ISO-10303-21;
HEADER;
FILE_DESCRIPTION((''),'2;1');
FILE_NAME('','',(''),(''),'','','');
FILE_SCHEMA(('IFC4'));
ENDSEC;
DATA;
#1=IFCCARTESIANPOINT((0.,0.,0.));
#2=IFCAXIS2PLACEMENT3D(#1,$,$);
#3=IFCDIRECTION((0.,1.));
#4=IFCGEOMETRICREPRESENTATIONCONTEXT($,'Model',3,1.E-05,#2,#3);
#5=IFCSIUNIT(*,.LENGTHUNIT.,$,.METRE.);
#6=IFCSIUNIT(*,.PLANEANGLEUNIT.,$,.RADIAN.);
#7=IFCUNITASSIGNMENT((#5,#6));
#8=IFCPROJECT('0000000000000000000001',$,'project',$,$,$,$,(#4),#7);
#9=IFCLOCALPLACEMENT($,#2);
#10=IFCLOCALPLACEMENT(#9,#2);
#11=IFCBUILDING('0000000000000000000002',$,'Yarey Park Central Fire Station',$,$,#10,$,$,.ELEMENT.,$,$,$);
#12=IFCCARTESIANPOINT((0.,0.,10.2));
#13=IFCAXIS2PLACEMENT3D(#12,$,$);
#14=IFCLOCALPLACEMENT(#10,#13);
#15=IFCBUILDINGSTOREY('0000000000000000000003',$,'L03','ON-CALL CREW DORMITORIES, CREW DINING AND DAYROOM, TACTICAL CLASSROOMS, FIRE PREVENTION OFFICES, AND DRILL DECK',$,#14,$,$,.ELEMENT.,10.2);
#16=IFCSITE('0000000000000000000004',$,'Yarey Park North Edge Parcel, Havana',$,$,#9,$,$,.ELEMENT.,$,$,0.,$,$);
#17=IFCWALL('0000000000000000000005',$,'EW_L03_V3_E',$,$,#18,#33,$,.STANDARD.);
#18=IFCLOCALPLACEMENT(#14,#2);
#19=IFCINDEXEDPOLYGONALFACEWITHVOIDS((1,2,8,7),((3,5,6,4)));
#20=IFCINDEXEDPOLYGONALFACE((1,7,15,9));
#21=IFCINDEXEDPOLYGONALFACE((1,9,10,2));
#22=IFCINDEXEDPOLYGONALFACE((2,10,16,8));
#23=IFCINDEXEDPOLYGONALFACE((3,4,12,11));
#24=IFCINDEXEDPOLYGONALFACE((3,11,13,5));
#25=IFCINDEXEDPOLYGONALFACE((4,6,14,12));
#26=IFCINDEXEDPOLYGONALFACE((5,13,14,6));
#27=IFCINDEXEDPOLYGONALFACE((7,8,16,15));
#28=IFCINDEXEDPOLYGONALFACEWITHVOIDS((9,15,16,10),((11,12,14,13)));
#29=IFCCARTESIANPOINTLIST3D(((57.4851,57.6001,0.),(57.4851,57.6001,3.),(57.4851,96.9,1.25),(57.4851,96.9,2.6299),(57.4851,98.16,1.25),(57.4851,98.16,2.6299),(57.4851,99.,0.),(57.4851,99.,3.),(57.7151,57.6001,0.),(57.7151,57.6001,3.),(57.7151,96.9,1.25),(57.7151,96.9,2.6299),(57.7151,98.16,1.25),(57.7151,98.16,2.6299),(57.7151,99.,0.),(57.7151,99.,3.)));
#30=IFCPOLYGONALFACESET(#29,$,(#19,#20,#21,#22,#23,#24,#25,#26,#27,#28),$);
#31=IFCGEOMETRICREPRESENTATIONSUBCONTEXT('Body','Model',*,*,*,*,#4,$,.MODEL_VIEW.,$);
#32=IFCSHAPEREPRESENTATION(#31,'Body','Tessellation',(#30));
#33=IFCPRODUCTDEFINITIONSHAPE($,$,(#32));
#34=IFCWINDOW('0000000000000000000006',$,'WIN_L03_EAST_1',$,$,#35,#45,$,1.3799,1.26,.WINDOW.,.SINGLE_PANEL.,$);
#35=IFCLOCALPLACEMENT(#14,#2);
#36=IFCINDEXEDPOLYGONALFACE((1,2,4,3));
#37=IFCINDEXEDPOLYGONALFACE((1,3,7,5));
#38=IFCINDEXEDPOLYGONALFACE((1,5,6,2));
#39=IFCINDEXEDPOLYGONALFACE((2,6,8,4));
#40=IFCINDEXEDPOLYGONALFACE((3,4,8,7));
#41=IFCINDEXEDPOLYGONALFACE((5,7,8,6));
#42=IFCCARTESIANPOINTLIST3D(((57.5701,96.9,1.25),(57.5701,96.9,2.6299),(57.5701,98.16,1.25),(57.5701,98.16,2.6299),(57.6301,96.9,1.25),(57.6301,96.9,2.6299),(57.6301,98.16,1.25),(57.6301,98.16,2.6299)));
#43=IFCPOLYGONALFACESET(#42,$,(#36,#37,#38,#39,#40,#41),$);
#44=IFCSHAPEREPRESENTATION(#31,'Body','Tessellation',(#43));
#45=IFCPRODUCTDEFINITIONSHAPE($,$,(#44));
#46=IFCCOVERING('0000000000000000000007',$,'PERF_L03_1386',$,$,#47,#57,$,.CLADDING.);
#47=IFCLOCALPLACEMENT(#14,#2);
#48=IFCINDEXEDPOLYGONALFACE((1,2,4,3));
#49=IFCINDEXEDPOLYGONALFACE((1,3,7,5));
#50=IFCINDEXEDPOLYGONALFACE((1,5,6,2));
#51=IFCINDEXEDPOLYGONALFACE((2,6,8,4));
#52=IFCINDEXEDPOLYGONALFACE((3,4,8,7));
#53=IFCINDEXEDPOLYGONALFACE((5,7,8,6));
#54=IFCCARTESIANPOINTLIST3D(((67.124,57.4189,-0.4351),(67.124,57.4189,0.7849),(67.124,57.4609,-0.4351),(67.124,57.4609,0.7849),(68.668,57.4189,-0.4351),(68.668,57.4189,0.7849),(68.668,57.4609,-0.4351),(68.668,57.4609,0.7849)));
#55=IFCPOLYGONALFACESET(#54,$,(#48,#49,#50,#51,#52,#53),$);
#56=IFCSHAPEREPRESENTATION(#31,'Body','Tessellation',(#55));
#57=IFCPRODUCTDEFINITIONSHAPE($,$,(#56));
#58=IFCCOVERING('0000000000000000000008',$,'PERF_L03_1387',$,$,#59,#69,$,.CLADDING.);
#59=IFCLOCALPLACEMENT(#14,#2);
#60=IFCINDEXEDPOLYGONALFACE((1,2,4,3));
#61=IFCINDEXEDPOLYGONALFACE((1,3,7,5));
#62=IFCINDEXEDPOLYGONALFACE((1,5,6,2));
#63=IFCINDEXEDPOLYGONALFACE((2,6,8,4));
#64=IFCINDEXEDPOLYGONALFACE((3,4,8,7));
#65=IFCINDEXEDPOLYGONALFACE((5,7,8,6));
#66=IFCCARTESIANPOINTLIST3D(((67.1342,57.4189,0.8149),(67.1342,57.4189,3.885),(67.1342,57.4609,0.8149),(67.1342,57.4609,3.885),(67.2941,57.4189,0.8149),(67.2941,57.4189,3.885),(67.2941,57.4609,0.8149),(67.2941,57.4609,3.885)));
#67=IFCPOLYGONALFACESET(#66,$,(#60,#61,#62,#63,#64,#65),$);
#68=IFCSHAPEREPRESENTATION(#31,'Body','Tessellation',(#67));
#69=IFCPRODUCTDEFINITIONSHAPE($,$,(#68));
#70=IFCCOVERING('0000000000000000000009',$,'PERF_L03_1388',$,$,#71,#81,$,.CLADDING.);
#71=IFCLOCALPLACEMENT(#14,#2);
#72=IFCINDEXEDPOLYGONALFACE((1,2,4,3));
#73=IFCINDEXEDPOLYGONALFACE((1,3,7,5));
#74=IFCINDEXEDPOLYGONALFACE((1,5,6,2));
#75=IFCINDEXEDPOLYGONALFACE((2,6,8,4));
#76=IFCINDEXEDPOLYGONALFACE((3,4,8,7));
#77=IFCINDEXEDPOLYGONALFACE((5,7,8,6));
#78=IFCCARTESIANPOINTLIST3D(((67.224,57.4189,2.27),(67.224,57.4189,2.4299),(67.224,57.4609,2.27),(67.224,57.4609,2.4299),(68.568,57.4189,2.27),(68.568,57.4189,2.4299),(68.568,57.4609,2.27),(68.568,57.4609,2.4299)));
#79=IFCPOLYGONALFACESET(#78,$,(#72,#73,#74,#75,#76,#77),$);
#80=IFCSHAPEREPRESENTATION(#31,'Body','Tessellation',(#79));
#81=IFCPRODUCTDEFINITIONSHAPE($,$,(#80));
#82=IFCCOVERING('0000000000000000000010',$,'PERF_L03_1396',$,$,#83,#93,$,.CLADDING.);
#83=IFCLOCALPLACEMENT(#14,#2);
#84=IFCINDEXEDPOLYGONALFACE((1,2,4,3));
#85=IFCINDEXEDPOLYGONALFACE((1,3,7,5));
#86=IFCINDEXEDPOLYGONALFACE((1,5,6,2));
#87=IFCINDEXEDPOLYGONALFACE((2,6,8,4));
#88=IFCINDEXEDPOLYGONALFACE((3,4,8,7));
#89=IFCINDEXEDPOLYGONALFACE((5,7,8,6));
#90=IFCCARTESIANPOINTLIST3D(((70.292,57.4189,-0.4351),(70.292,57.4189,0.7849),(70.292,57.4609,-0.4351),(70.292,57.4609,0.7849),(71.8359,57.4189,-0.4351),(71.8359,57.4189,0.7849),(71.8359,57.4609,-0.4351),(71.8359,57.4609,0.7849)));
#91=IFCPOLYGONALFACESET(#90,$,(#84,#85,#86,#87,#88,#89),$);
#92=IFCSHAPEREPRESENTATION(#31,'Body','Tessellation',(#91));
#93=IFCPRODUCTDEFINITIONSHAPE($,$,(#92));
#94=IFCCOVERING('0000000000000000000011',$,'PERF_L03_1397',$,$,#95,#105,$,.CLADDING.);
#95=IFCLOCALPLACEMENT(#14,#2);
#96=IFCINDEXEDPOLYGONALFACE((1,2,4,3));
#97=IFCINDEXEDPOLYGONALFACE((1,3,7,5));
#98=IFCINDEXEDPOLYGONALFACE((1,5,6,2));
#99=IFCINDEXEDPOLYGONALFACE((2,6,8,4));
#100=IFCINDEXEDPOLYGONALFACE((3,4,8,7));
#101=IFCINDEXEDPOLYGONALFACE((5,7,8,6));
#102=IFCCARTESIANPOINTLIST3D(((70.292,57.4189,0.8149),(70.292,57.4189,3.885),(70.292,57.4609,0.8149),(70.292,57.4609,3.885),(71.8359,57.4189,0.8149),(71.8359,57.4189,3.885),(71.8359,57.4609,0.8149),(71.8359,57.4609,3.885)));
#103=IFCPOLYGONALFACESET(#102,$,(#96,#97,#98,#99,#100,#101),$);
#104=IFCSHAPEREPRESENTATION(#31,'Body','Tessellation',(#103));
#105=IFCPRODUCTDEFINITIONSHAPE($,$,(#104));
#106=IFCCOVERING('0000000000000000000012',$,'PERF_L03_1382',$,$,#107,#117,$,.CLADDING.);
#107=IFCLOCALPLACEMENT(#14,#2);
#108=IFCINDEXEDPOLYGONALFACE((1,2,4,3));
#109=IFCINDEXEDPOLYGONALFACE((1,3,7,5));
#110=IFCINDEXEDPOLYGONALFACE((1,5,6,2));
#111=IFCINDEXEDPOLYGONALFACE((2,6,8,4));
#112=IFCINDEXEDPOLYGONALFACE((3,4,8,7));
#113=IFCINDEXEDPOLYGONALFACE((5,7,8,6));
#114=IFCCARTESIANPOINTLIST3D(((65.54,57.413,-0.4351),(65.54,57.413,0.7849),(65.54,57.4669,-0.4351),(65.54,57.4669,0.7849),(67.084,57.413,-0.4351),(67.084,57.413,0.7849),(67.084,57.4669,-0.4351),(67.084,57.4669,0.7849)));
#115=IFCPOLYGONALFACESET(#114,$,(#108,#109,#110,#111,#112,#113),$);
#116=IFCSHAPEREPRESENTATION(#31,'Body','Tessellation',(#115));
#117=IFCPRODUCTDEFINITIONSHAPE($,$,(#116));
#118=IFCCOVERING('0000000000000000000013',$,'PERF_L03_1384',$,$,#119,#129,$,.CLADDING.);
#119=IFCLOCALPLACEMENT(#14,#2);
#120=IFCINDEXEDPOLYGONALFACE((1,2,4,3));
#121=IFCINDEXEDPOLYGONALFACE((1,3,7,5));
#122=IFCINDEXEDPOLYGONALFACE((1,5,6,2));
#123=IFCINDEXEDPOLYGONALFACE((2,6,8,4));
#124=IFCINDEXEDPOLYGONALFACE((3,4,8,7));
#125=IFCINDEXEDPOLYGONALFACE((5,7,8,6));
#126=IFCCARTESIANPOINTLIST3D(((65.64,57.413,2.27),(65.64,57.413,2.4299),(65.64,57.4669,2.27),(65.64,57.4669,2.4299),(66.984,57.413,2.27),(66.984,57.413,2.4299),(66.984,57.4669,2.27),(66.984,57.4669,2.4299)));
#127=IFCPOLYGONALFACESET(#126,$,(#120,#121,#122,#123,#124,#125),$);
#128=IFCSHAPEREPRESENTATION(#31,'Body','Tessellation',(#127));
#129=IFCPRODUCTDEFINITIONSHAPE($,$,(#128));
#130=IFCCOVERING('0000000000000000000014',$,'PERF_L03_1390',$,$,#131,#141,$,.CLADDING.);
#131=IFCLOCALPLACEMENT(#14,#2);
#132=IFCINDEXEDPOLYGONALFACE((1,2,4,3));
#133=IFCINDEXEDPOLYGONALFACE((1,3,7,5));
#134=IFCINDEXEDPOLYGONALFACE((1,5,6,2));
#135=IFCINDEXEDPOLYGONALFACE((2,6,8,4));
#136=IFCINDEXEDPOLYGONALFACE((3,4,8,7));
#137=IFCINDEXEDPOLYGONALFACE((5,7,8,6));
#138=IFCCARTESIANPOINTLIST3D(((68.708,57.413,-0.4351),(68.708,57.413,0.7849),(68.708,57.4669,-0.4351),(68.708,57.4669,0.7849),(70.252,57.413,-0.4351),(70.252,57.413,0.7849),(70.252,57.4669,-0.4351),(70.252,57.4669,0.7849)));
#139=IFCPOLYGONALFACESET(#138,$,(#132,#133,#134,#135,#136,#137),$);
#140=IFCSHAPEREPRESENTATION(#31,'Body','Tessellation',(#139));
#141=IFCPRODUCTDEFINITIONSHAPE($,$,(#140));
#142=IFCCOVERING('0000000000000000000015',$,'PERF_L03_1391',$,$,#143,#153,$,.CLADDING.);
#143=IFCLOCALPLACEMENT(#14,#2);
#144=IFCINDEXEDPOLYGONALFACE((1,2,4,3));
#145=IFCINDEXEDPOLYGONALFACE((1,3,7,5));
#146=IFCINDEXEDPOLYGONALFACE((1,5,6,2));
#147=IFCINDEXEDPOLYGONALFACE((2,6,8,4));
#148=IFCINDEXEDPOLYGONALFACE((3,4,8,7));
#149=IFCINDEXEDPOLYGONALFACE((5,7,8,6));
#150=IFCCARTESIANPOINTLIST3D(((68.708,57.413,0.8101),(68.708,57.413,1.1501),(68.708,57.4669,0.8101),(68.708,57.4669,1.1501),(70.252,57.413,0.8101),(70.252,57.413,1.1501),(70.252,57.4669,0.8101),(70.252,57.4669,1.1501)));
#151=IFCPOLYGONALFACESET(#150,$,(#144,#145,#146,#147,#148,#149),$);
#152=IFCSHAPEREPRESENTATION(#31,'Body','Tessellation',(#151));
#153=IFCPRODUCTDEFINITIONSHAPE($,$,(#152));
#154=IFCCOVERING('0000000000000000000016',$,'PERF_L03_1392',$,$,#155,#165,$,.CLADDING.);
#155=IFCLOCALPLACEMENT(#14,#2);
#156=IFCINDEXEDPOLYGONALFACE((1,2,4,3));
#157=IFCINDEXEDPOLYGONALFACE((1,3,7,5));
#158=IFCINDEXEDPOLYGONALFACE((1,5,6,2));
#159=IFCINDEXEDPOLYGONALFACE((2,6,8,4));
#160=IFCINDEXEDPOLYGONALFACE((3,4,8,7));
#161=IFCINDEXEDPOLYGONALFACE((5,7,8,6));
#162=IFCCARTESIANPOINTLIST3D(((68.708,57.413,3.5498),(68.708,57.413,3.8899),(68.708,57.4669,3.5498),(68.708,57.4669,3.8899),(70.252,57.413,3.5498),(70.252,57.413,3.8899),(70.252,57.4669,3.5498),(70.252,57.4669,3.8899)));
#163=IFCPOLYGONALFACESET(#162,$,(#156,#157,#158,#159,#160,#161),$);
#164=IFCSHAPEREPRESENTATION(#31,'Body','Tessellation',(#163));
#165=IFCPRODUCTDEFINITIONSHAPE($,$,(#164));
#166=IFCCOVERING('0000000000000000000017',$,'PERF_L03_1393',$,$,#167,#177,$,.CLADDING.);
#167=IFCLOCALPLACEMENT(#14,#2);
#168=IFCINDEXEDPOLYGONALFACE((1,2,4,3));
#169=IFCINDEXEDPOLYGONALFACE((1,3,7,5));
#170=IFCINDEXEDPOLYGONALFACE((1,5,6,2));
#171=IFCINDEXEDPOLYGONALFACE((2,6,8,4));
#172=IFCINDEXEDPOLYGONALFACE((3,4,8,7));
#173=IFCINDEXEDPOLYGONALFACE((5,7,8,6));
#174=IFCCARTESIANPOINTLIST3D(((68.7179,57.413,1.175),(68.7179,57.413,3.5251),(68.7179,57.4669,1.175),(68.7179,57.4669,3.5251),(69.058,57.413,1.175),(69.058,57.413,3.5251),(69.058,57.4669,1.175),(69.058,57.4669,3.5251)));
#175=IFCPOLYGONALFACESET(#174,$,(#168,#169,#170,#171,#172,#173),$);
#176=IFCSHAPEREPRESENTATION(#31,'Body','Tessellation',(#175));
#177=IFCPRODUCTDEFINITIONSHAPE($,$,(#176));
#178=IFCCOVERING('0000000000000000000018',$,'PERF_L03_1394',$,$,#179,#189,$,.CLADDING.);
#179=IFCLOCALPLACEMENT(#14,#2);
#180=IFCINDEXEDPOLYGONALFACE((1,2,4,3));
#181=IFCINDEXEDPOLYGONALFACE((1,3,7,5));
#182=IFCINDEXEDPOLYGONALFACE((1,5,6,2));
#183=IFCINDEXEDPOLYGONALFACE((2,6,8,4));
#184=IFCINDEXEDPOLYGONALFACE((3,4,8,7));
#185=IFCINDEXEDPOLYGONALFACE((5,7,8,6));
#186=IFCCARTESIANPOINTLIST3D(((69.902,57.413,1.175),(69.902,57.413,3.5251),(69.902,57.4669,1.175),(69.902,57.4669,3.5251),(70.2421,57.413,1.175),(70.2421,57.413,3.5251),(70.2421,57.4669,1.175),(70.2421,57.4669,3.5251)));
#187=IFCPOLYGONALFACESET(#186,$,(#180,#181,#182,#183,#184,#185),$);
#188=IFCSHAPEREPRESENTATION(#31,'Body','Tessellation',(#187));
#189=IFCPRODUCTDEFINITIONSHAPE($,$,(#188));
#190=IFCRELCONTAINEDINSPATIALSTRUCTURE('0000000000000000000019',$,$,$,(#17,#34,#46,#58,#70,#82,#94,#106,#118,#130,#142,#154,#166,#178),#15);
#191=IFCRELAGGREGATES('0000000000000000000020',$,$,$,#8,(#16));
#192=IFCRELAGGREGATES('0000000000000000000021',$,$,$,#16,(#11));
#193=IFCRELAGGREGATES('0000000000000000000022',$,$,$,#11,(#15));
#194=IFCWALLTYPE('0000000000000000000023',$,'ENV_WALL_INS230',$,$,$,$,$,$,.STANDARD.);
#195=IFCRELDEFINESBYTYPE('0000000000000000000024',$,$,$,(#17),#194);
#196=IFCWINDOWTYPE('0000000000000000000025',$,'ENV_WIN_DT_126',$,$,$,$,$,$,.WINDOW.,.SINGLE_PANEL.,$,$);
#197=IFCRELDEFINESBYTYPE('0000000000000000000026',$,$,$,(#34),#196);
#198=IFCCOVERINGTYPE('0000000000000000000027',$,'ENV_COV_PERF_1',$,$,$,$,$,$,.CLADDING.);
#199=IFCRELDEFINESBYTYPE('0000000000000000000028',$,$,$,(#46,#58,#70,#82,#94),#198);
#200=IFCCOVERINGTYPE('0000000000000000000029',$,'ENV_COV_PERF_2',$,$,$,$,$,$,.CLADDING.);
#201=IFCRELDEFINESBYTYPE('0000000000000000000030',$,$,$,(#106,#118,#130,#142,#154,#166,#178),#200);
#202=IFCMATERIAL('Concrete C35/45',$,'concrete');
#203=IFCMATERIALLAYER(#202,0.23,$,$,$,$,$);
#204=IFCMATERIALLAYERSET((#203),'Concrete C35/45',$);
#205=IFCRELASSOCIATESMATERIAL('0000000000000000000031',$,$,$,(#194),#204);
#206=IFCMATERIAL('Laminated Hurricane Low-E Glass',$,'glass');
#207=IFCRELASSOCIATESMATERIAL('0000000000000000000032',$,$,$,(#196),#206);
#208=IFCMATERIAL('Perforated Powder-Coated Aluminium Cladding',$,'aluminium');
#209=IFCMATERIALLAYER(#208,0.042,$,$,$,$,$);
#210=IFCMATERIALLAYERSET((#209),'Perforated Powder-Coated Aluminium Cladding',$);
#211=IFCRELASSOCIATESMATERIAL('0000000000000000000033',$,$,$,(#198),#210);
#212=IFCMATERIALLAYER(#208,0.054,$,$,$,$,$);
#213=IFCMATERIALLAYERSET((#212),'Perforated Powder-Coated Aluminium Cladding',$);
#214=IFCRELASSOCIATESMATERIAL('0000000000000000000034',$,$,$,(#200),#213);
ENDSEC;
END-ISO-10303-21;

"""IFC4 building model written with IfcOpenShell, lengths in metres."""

from ifc_helpers import new_model, si_unit, direction, frame, frame_2d, origin, origin_2d, place, context, subcontext, project, spatial, rectangle, extrude, material, layer, layer_set, type_object, element, fill, save


model = new_model("IFC4")

# Units and contexts
model_context = context("Model", 3, precision=1e-05, world=origin(), true_north=direction((0.0, 1.0)))
body_context = subcontext(model_context, "Body", "Model", "MODEL_VIEW")
ifc_project = project(units=[si_unit("LENGTHUNIT", "METRE"), si_unit("PLANEANGLEUNIT", "RADIAN")], contexts=[model_context])

# Site, building, storey
site_placement = place(None, origin())
site = spatial("IfcSite", under=ifc_project, at=site_placement, Name="Yarey Park North Edge Parcel, Havana", CompositionType="ELEMENT", RefElevation=0.0)
building_placement = place(site_placement, origin())
building = spatial("IfcBuilding", under=site, at=building_placement, Name="Yarey Park Central Fire Station", CompositionType="ELEMENT")
storey_placement = place(building_placement, frame((0.0, 0.0, 10.2)))
storey = spatial("IfcBuildingStorey", under=building, at=storey_placement, Name="L03", Description="ON-CALL CREW DORMITORIES, CREW DINING AND DAYROOM, TACTICAL CLASSROOMS, FIRE PREVENTION OFFICES, AND DRILL DECK", CompositionType="ELEMENT", Elevation=10.2)

# Wall, opening, window
ifc_material_1 = material(Name="Concrete C35/45", Category="concrete")
ifc_layer_1 = layer(ifc_material_1, 0.23)
ifc_layer_set_1 = layer_set([ifc_layer_1], Name="Concrete C35/45")
wall_type = type_object("IfcWallType", Name="ENV_WALL_INS230", PredefinedType="STANDARD", material=ifc_layer_set_1)
wall_placement = place(storey_placement, frame((57.6001, 57.6001, 0.0), z_axis=(0.0, 0.0, 1.0), x_axis=(0.0, 1.0, 0.0)))
wall = element("IfcWall", 1, at=wall_placement, inside=storey, type_object=wall_type, Name="EW_L03_V3_E", PredefinedType="STANDARD", context=body_context, shape_type="SweptSolid", body=[
    extrude(rectangle(XDim=41.3999, YDim=0.23, at=frame_2d((20.7, 0.0))), origin(), (0.0, 0.0, 1.0), 3.0),
])
opening_placement = place(wall_placement, frame((39.3, 0.0, 1.25)))
opening = element("IfcOpeningElement", 2, at=opening_placement, cuts=wall, PredefinedType="OPENING", context=body_context, shape_type="SweptSolid", body=[
    extrude(rectangle(XDim=1.26, YDim=1.3799, at=frame_2d((0.6299, 0.6899))), frame((0.0, 0.125, 0.0), z_axis=(0.0, -1.0, 0.0), x_axis=(1.0, 0.0, 0.0)), (0.0, 0.0, 1.0), 0.25),
])
ifc_material_2 = material(Name="Laminated Hurricane Low-E Glass", Category="glass")
window_type = type_object("IfcWindowType", Name="ENV_WIN_DT_126", PartitioningType="SINGLE_PANEL", PredefinedType="WINDOW", material=ifc_material_2)
window_placement = place(opening_placement, origin())
window = element("IfcWindow", 3, at=window_placement, inside=storey, type_object=window_type, Name="WIN_L03_EAST_1", OverallHeight=1.3799, OverallWidth=1.26, PartitioningType="SINGLE_PANEL", PredefinedType="WINDOW", context=body_context, shape_type="SweptSolid", body=[
    extrude(rectangle(XDim=1.26, YDim=1.3799, at=frame_2d((0.6299, 0.6899))), frame((0.0, 0.03, 0.0), z_axis=(0.0, -1.0, 0.0), x_axis=(1.0, 0.0, 0.0)), (0.0, 0.0, 1.0), 0.0601),
])
fill(opening, window)

# Coverings
ifc_material_3 = material(Name="Perforated Powder-Coated Aluminium Cladding", Category="aluminium")
ifc_layer_2 = layer(ifc_material_3, 0.042)
ifc_layer_set_2 = layer_set([ifc_layer_2], Name="Perforated Powder-Coated Aluminium Cladding")
covering_type_1 = type_object("IfcCoveringType", Name="ENV_COV_PERF_1", PredefinedType="CLADDING", material=ifc_layer_set_2)
covering_1_placement = place(storey_placement, frame((67.896, 57.4399, -0.4351), z_axis=(0.0, 0.0, 1.0), x_axis=(1.0, 0.0, 0.0)))
element("IfcCovering", 4, at=covering_1_placement, inside=storey, type_object=covering_type_1, Name="PERF_L03_1386", PredefinedType="CLADDING", context=body_context, shape_type="SweptSolid", body=[
    extrude(rectangle(XDim=1.5439, YDim=0.042, at=origin_2d()), origin(), (0.0, 0.0, 1.0), 1.22),
])
covering_2_placement = place(storey_placement, frame((67.2141, 57.4399, 0.8149), z_axis=(0.0, 0.0, 1.0), x_axis=(1.0, 0.0, 0.0)))
element("IfcCovering", 5, at=covering_2_placement, inside=storey, type_object=covering_type_1, Name="PERF_L03_1387", PredefinedType="CLADDING", context=body_context, shape_type="SweptSolid", body=[
    extrude(rectangle(XDim=0.1599, YDim=0.042, at=origin_2d()), origin(), (0.0, 0.0, 1.0), 3.0701),
])
covering_3_placement = place(storey_placement, frame((67.896, 57.4399, 2.27), z_axis=(0.0, 0.0, 1.0), x_axis=(1.0, 0.0, 0.0)))
element("IfcCovering", 6, at=covering_3_placement, inside=storey, type_object=covering_type_1, Name="PERF_L03_1388", PredefinedType="CLADDING", context=body_context, shape_type="SweptSolid", body=[
    extrude(rectangle(XDim=1.344, YDim=0.042, at=origin_2d()), origin(), (0.0, 0.0, 1.0), 0.1599),
])
covering_4_placement = place(storey_placement, frame((71.064, 57.4399, -0.4351), z_axis=(0.0, 0.0, 1.0), x_axis=(1.0, 0.0, 0.0)))
element("IfcCovering", 7, at=covering_4_placement, inside=storey, type_object=covering_type_1, Name="PERF_L03_1396", PredefinedType="CLADDING", context=body_context, shape_type="SweptSolid", body=[
    extrude(rectangle(XDim=1.5439, YDim=0.042, at=origin_2d()), origin(), (0.0, 0.0, 1.0), 1.22),
])
covering_5_placement = place(storey_placement, frame((71.064, 57.4399, 0.8149), z_axis=(0.0, 0.0, 1.0), x_axis=(1.0, 0.0, 0.0)))
element("IfcCovering", 8, at=covering_5_placement, inside=storey, type_object=covering_type_1, Name="PERF_L03_1397", PredefinedType="CLADDING", context=body_context, shape_type="SweptSolid", body=[
    extrude(rectangle(XDim=1.5439, YDim=0.042, at=origin_2d()), origin(), (0.0, 0.0, 1.0), 3.0701),
])
ifc_layer_3 = layer(ifc_material_3, 0.054)
ifc_layer_set_3 = layer_set([ifc_layer_3], Name="Perforated Powder-Coated Aluminium Cladding")
covering_type_2 = type_object("IfcCoveringType", Name="ENV_COV_PERF_2", PredefinedType="CLADDING", material=ifc_layer_set_3)
covering_6_placement = place(storey_placement, frame((66.312, 57.4399, -0.4351), z_axis=(0.0, 0.0, 1.0), x_axis=(1.0, 0.0, 0.0)))
element("IfcCovering", 9, at=covering_6_placement, inside=storey, type_object=covering_type_2, Name="PERF_L03_1382", PredefinedType="CLADDING", context=body_context, shape_type="SweptSolid", body=[
    extrude(rectangle(XDim=1.5439, YDim=0.054, at=origin_2d()), origin(), (0.0, 0.0, 1.0), 1.22),
])
covering_7_placement = place(storey_placement, frame((66.312, 57.4399, 2.27), z_axis=(0.0, 0.0, 1.0), x_axis=(1.0, 0.0, 0.0)))
element("IfcCovering", 10, at=covering_7_placement, inside=storey, type_object=covering_type_2, Name="PERF_L03_1384", PredefinedType="CLADDING", context=body_context, shape_type="SweptSolid", body=[
    extrude(rectangle(XDim=1.344, YDim=0.054, at=origin_2d()), origin(), (0.0, 0.0, 1.0), 0.1599),
])
covering_8_placement = place(storey_placement, frame((69.48, 57.4399, -0.4351), z_axis=(0.0, 0.0, 1.0), x_axis=(1.0, 0.0, 0.0)))
element("IfcCovering", 11, at=covering_8_placement, inside=storey, type_object=covering_type_2, Name="PERF_L03_1390", PredefinedType="CLADDING", context=body_context, shape_type="SweptSolid", body=[
    extrude(rectangle(XDim=1.5439, YDim=0.054, at=origin_2d()), origin(), (0.0, 0.0, 1.0), 1.22),
])
for number, where, z_axis, x_axis, name in (
    (12, (69.48, 57.4399, 0.8101), (0.0, 0.0, 1.0), (1.0, 0.0, 0.0), "PERF_L03_1391"),
    (13, (69.48, 57.4399, 3.5498), (0.0, 0.0, 1.0), (1.0, 0.0, 0.0), "PERF_L03_1392"),
):
    element("IfcCovering", number, at=place(storey_placement, frame(where, z_axis=z_axis, x_axis=x_axis)), inside=storey, type_object=covering_type_2, Name=name, PredefinedType="CLADDING", context=body_context, shape_type="SweptSolid", body=[
        extrude(rectangle(XDim=1.5439, YDim=0.054, at=origin_2d()), origin(), (0.0, 0.0, 1.0), 0.3401),
    ])
for number, where, z_axis, x_axis, name in (
    (14, (68.8879, 57.4399, 1.175), (0.0, 0.0, 1.0), (1.0, 0.0, 0.0), "PERF_L03_1393"),
    (15, (70.072, 57.4399, 1.175), (0.0, 0.0, 1.0), (1.0, 0.0, 0.0), "PERF_L03_1394"),
):
    element("IfcCovering", number, at=place(storey_placement, frame(where, z_axis=z_axis, x_axis=x_axis)), inside=storey, type_object=covering_type_2, Name=name, PredefinedType="CLADDING", context=body_context, shape_type="SweptSolid", body=[
        extrude(rectangle(XDim=0.3401, YDim=0.054, at=origin_2d()), origin(), (0.0, 0.0, 1.0), 2.3501),
    ])

save(model, "model.ifc")
